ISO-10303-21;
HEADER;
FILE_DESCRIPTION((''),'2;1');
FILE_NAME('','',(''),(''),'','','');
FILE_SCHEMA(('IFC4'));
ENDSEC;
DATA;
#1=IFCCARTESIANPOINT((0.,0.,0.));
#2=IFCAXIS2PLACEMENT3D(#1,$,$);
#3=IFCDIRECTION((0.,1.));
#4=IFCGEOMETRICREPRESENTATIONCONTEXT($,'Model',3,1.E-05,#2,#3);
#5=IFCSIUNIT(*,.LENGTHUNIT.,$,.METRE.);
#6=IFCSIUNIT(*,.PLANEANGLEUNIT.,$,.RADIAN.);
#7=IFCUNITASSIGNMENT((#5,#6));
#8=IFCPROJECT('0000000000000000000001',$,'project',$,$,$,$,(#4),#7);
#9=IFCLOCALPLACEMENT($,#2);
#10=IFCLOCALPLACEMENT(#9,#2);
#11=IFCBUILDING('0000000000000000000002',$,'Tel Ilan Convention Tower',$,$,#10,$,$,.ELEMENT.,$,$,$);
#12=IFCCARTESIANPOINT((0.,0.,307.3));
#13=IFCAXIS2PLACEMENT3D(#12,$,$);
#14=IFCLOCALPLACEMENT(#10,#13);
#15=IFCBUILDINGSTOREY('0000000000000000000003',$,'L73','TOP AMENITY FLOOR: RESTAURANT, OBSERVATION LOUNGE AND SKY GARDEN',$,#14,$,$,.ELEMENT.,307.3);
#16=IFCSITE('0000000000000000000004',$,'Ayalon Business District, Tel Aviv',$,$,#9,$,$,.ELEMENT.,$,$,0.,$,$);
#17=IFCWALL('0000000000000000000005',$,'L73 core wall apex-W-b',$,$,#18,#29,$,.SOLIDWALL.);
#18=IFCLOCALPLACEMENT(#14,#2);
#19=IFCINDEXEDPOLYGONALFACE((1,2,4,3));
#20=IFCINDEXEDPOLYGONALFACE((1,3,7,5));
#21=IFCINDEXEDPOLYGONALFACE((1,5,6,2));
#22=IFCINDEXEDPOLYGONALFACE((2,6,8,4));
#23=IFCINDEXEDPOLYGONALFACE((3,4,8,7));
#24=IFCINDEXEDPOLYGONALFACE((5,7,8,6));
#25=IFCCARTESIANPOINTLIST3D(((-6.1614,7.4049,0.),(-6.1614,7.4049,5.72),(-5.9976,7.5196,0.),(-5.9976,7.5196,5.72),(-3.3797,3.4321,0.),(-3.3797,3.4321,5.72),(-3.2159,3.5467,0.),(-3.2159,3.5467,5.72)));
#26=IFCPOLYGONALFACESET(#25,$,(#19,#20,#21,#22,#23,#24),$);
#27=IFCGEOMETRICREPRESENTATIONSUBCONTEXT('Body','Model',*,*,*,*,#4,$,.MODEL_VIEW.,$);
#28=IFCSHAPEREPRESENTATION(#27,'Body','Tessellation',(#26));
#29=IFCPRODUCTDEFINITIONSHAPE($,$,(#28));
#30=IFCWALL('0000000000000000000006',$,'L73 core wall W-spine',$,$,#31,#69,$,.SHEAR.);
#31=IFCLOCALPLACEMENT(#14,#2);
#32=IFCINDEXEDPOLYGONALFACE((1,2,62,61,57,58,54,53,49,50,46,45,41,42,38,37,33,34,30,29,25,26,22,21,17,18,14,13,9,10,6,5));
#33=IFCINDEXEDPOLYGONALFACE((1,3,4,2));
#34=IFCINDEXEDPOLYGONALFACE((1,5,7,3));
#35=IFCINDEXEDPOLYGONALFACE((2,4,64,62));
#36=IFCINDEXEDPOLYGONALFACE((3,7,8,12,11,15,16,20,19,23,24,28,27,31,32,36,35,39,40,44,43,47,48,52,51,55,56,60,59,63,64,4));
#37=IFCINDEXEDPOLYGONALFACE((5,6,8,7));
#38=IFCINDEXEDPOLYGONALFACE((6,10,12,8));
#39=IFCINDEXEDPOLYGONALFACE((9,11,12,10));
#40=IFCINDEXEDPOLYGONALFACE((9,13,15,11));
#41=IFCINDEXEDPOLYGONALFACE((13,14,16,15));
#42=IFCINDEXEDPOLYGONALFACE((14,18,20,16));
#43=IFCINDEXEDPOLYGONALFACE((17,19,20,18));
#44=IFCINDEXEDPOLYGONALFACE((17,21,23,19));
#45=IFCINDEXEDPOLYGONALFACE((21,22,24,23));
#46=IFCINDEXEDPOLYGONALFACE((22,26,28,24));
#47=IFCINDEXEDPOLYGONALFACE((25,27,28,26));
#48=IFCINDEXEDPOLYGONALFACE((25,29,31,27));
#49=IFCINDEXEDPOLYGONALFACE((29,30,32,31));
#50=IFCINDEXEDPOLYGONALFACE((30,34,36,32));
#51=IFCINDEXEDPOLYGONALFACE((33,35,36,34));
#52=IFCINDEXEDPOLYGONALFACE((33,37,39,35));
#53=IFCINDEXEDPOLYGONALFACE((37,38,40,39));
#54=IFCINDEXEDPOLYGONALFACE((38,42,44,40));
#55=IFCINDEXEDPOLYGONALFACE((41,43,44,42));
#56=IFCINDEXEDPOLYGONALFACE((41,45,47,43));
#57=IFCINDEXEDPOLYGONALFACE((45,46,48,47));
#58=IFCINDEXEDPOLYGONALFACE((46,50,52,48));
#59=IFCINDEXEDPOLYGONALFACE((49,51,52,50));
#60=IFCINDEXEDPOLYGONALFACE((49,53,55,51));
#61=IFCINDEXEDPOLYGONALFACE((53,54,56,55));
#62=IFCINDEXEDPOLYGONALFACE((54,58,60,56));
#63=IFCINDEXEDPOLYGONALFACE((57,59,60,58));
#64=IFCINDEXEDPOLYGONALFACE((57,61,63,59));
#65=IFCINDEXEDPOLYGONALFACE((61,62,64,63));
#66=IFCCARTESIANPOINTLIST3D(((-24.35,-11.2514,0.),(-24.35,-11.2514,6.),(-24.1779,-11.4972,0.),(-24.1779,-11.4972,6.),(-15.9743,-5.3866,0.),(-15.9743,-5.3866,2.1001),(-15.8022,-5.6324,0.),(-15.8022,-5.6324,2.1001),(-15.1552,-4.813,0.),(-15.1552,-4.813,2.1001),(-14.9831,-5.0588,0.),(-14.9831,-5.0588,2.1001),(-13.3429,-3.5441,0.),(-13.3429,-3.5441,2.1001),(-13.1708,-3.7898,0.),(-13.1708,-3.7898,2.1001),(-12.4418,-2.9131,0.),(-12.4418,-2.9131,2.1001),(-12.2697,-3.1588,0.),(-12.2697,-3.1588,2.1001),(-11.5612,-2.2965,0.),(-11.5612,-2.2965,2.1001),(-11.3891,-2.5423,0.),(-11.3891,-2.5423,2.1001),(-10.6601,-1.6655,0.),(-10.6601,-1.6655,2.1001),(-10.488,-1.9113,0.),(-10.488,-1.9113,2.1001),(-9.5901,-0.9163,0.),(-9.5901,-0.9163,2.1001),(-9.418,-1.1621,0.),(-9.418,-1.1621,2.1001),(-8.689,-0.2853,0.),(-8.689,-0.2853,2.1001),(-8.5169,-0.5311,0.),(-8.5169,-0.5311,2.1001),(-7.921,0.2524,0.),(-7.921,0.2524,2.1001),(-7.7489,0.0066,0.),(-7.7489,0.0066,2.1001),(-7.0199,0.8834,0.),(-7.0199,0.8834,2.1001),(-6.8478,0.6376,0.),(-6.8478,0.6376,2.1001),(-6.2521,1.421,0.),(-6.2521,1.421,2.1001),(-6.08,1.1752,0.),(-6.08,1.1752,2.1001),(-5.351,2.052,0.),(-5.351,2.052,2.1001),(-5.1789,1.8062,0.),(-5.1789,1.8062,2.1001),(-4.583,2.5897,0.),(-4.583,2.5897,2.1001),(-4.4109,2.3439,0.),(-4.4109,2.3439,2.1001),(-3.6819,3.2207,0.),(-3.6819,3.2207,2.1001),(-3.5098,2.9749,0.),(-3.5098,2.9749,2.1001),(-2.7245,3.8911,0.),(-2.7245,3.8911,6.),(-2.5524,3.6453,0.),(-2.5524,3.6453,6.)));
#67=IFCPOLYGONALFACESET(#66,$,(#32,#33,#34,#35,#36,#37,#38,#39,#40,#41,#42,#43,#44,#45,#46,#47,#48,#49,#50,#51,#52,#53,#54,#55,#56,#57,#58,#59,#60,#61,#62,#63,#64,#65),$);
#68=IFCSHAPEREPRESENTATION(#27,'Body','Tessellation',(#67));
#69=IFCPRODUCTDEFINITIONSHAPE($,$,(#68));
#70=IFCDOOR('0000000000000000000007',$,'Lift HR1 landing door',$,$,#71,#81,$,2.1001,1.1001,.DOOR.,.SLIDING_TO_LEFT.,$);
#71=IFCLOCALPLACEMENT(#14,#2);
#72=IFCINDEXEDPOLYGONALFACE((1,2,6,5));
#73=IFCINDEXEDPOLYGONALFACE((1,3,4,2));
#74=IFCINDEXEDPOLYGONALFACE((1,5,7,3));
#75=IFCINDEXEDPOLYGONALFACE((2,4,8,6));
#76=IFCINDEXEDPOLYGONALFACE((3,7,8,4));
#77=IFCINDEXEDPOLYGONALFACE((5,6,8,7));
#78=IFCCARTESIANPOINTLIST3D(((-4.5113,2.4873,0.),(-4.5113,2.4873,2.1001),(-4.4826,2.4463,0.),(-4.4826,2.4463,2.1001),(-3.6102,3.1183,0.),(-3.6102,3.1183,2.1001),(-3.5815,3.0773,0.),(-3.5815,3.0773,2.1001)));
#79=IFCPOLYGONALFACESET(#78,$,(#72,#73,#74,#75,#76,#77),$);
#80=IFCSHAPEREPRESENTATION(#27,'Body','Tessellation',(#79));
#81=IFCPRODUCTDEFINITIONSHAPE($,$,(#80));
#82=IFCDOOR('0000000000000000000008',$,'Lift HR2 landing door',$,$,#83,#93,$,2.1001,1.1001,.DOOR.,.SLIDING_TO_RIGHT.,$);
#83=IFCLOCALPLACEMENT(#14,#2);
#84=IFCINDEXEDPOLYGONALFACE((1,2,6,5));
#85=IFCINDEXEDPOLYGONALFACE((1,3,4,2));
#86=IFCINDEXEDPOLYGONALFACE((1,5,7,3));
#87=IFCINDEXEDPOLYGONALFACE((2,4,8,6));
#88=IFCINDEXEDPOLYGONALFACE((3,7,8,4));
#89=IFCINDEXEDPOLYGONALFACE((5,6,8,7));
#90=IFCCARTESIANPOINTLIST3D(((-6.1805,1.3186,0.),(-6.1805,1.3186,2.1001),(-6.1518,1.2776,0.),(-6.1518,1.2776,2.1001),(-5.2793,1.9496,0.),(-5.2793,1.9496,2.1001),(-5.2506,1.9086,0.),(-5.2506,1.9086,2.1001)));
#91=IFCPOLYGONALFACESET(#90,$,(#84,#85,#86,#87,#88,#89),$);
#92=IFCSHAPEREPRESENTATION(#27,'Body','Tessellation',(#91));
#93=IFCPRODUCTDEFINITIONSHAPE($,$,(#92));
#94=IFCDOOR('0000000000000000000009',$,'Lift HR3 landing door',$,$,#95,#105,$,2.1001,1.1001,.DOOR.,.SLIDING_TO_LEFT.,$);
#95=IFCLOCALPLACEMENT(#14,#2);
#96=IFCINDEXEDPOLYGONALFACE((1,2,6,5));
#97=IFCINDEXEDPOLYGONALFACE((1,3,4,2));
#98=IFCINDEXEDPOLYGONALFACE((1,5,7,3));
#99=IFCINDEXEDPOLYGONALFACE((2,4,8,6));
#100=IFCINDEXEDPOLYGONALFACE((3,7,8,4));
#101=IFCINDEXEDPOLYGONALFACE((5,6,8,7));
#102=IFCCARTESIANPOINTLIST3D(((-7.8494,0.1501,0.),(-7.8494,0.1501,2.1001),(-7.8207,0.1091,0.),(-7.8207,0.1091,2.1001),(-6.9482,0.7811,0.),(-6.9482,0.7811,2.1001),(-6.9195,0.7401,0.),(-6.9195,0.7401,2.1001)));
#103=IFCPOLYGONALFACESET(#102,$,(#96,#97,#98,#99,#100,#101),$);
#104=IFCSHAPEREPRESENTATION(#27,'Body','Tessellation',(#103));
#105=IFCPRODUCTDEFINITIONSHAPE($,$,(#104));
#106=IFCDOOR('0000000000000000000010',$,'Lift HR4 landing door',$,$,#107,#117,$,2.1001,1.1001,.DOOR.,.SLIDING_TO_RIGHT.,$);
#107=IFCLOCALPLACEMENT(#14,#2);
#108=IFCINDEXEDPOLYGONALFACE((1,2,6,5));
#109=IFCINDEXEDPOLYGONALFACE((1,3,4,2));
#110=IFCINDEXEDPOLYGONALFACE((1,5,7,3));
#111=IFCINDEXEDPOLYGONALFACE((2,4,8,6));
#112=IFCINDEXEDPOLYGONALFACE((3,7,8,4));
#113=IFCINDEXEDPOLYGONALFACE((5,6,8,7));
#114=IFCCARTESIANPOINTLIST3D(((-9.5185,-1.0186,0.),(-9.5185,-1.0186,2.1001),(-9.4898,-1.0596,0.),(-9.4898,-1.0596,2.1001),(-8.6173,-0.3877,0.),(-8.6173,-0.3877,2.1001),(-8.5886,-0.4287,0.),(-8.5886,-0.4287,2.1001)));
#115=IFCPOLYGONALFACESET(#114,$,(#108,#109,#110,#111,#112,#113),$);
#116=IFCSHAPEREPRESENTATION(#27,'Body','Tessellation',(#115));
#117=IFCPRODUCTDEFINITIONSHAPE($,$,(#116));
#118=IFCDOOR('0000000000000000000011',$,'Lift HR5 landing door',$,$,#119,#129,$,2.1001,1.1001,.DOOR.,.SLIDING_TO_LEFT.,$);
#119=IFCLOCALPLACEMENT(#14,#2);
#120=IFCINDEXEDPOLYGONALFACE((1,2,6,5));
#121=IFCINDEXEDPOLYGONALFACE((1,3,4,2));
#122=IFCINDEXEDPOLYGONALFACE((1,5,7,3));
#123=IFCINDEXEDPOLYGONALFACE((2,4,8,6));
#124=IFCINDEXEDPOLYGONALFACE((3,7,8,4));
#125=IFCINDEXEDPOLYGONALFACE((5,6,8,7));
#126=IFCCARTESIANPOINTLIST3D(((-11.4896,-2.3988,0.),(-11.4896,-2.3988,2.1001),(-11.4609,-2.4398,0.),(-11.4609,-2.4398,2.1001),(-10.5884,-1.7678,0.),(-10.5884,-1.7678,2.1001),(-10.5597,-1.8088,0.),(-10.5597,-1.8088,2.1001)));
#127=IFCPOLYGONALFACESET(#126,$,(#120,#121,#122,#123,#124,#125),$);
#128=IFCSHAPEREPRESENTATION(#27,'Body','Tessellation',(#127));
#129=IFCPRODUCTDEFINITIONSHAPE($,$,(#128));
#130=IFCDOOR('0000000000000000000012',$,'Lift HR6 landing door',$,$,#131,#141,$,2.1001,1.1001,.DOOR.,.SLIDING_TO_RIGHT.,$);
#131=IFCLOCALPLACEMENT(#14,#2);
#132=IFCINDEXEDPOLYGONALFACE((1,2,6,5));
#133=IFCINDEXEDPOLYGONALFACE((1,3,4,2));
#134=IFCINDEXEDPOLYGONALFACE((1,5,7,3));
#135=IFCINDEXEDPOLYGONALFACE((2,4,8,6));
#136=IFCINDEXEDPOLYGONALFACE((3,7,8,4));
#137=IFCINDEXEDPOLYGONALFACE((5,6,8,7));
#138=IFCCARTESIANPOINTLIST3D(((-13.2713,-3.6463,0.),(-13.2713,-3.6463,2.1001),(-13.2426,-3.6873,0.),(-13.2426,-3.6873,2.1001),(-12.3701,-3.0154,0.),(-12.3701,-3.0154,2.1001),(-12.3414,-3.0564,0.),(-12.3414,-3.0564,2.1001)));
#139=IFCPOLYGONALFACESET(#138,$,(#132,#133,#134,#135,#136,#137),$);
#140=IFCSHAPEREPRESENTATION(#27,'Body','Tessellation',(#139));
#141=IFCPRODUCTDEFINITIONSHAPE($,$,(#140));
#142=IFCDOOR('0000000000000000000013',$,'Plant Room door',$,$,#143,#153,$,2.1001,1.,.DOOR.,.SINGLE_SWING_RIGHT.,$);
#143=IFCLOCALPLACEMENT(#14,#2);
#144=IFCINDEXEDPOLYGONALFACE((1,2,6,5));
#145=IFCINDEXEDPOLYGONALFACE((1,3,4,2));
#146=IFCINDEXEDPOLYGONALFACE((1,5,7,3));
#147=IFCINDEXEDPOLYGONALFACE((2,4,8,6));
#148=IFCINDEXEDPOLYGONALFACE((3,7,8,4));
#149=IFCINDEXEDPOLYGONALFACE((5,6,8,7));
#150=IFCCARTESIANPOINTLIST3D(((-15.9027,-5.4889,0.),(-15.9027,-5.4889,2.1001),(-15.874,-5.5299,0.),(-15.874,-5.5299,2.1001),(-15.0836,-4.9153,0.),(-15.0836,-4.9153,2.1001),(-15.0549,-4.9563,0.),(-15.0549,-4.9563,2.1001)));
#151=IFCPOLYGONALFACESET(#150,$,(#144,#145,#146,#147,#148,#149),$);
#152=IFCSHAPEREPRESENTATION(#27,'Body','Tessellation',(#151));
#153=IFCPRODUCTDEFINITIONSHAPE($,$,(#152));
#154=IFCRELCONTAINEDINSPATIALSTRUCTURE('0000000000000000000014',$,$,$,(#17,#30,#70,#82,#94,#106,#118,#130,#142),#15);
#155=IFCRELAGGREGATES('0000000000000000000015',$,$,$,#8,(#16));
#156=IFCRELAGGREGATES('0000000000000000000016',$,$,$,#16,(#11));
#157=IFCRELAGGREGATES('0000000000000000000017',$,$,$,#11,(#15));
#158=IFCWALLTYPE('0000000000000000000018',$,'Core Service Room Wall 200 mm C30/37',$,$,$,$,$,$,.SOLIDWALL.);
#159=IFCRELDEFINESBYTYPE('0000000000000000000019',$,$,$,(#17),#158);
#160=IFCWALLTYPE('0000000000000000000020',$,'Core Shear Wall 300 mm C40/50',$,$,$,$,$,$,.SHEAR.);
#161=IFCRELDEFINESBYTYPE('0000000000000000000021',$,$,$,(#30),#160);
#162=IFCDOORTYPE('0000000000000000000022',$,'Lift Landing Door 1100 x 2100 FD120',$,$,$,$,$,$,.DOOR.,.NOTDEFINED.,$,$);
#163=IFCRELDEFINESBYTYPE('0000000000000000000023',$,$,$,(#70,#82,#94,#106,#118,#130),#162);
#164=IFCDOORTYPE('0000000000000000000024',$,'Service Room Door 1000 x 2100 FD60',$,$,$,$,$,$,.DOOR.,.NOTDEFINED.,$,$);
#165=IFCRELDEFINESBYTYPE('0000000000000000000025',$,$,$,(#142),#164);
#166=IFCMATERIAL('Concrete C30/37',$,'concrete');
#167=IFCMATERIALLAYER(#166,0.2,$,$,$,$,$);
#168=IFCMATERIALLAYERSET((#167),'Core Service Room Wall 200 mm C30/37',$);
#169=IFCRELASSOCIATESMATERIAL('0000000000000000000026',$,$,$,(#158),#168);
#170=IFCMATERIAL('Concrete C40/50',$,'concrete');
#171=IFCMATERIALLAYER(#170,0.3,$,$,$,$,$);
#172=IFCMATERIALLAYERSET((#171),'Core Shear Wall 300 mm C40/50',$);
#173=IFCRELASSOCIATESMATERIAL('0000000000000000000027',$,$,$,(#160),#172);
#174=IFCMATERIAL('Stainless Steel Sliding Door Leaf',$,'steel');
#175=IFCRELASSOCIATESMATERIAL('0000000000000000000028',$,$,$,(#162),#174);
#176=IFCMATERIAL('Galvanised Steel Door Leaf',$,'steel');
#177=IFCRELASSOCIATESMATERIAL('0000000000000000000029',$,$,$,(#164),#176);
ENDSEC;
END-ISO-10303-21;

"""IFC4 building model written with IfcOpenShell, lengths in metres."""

from ifc_helpers import new_model, si_unit, direction, frame, frame_2d, origin, place, context, subcontext, project, spatial, polyline, rectangle, outline, extrude, material, layer, layer_set, type_object, element, fill, save


model = new_model("IFC4")

# Units and contexts
model_context = context("Model", 3, precision=1e-05, world=origin(), true_north=direction((0.0, 1.0)))
body_context = subcontext(model_context, "Body", "Model", "MODEL_VIEW")
ifc_project = project(units=[si_unit("LENGTHUNIT", "METRE"), si_unit("PLANEANGLEUNIT", "RADIAN")], contexts=[model_context])

# Site, building, storey
site_placement = place(None, origin())
site = spatial("IfcSite", under=ifc_project, at=site_placement, Name="Ayalon Business District, Tel Aviv", CompositionType="ELEMENT", RefElevation=0.0)
building_placement = place(site_placement, origin())
building = spatial("IfcBuilding", under=site, at=building_placement, Name="Tel Ilan Convention Tower", CompositionType="ELEMENT")
storey_placement = place(building_placement, frame((0.0, 0.0, 307.3)))
storey = spatial("IfcBuildingStorey", under=building, at=storey_placement, Name="L73", Description="TOP AMENITY FLOOR: RESTAURANT, OBSERVATION LOUNGE AND SKY GARDEN", CompositionType="ELEMENT", Elevation=307.3)

# Wall
ifc_material_1 = material(Name="Concrete C30/37", Category="concrete")
ifc_layer_1 = layer(ifc_material_1, 0.2)
ifc_layer_set_1 = layer_set([ifc_layer_1], Name="Core Service Room Wall 200 mm C30/37")
wall_type_1 = type_object("IfcWallType", Name="Core Service Room Wall 200 mm C30/37", PredefinedType="SOLIDWALL", material=ifc_layer_set_1)
wall_1_placement = place(storey_placement, frame((-3.2979, 3.4895, 0.0), z_axis=(0.0, 0.0, 1.0), x_axis=(-0.57356, 0.819163, 0.0)))
element("IfcWall", 1, at=wall_1_placement, inside=storey, type_object=wall_type_1, Name="L73 core wall apex-W-b", PredefinedType="SOLIDWALL", context=body_context, shape_type="SweptSolid", body=[
    extrude(rectangle(XDim=4.8499, YDim=0.2, at=frame_2d((2.4248, 0.0))), origin(), (0.0, 0.0, 1.0), 5.72),
])

# Wall, openings, doors
ifc_material_2 = material(Name="Concrete C40/50", Category="concrete")
ifc_layer_2 = layer(ifc_material_2, 0.3)
ifc_layer_set_2 = layer_set([ifc_layer_2], Name="Core Shear Wall 300 mm C40/50")
wall_type_2 = type_object("IfcWallType", Name="Core Shear Wall 300 mm C40/50", PredefinedType="SHEAR", material=ifc_layer_set_2)
wall_2_placement = place(storey_placement, frame((-2.6384, 3.7681, 0.0), z_axis=(0.0, 0.0, 1.0), x_axis=(-0.819155, -0.573572, 0.0)))
wall_2 = element("IfcWall", 2, at=wall_2_placement, inside=storey, type_object=wall_type_2, Name="L73 core wall W-spine", PredefinedType="SHEAR", context=body_context, shape_type="SweptSolid", body=[
    extrude(outline(polyline([(26.3999, 0.1501), (0.0, 0.1499), (0.0, -0.1501), (26.3999, -0.1499), (26.3999, 0.1501)])), origin(), (0.0, 0.0, 1.0), 6.0),
])
opening_1_placement = place(wall_2_placement, frame((1.1687, 0.0, 0.0)))
opening_1 = element("IfcOpeningElement", 3, at=opening_1_placement, cuts=wall_2, PredefinedType="OPENING", context=body_context, shape_type="SweptSolid", body=[
    extrude(rectangle(XDim=1.1001, YDim=2.1001, at=frame_2d((0.55, 1.05))), frame((0.0, 0.1599, 0.0), z_axis=(0.0, -1.0, 0.0), x_axis=(1.0, 0.0, 0.0)), (0.0, 0.0, 1.0), 0.3201),
])
opening_2_placement = place(wall_2_placement, frame((3.2063, 0.0, 0.0)))
opening_2 = element("IfcOpeningElement", 4, at=opening_2_placement, cuts=wall_2, PredefinedType="OPENING", context=body_context, shape_type="SweptSolid", body=[
    extrude(rectangle(XDim=1.1001, YDim=2.1001, at=frame_2d((0.55, 1.05))), frame((0.0, 0.1599, 0.0), z_axis=(0.0, -1.0, 0.0), x_axis=(1.0, 0.0, 0.0)), (0.0, 0.0, 1.0), 0.3201),
])
opening_3_placement = place(wall_2_placement, frame((5.2437, 0.0, 0.0)))
opening_3 = element("IfcOpeningElement", 5, at=opening_3_placement, cuts=wall_2, PredefinedType="OPENING", context=body_context, shape_type="SweptSolid", body=[
    extrude(rectangle(XDim=1.1001, YDim=2.1001, at=frame_2d((0.55, 1.05))), frame((0.0, 0.1599, 0.0), z_axis=(0.0, -1.0, 0.0), x_axis=(1.0, 0.0, 0.0)), (0.0, 0.0, 1.0), 0.3201),
])
opening_4_placement = place(wall_2_placement, frame((7.2812, 0.0, 0.0)))
opening_4 = element("IfcOpeningElement", 6, at=opening_4_placement, cuts=wall_2, PredefinedType="OPENING", context=body_context, shape_type="SweptSolid", body=[
    extrude(rectangle(XDim=1.1001, YDim=2.1001, at=frame_2d((0.55, 1.05))), frame((0.0, 0.1599, 0.0), z_axis=(0.0, -1.0, 0.0), x_axis=(1.0, 0.0, 0.0)), (0.0, 0.0, 1.0), 0.3201),
])
opening_5_placement = place(wall_2_placement, frame((9.6875, 0.0, 0.0)))
opening_5 = element("IfcOpeningElement", 7, at=opening_5_placement, cuts=wall_2, PredefinedType="OPENING", context=body_context, shape_type="SweptSolid", body=[
    extrude(rectangle(XDim=1.1001, YDim=2.1001, at=frame_2d((0.55, 1.05))), frame((0.0, 0.1599, 0.0), z_axis=(0.0, -1.0, 0.0), x_axis=(1.0, 0.0, 0.0)), (0.0, 0.0, 1.0), 0.3201),
])
opening_6_placement = place(wall_2_placement, frame((11.8625, 0.0, 0.0)))
opening_6 = element("IfcOpeningElement", 8, at=opening_6_placement, cuts=wall_2, PredefinedType="OPENING", context=body_context, shape_type="SweptSolid", body=[
    extrude(rectangle(XDim=1.1001, YDim=2.1001, at=frame_2d((0.55, 1.05))), frame((0.0, 0.1599, 0.0), z_axis=(0.0, -1.0, 0.0), x_axis=(1.0, 0.0, 0.0)), (0.0, 0.0, 1.0), 0.3201),
])
opening_7_placement = place(wall_2_placement, frame((15.175, 0.0, 0.0)))
opening_7 = element("IfcOpeningElement", 9, at=opening_7_placement, cuts=wall_2, PredefinedType="OPENING", context=body_context, shape_type="SweptSolid", body=[
    extrude(rectangle(XDim=1.0, YDim=2.1001, at=frame_2d((0.5, 1.05))), frame((0.0, 0.1599, 0.0), z_axis=(0.0, -1.0, 0.0), x_axis=(1.0, 0.0, 0.0)), (0.0, 0.0, 1.0), 0.3201),
])
ifc_material_3 = material(Name="Stainless Steel Sliding Door Leaf", Category="steel")
door_type_1 = type_object("IfcDoorType", Name="Lift Landing Door 1100 x 2100 FD120", OperationType="NOTDEFINED", PredefinedType="DOOR", material=ifc_material_3)
door_1_placement = place(opening_1_placement, origin())
door_1 = element("IfcDoor", 10, at=door_1_placement, inside=storey, type_object=door_type_1, Name="Lift HR1 landing door", OperationType="SLIDING_TO_LEFT", OverallHeight=2.1001, OverallWidth=1.1001, PredefinedType="DOOR", context=body_context, shape_type="SweptSolid", body=[
    extrude(rectangle(XDim=1.1001, YDim=2.1001, at=frame_2d((0.55, 1.05))), frame((0.0, 0.0249, 0.0), z_axis=(0.0, -1.0, 0.0), x_axis=(1.0, 0.0, 0.0)), (0.0, 0.0, 1.0), 0.05),
])
fill(opening_1, door_1)
door_2_placement = place(opening_2_placement, origin())
door_2 = element("IfcDoor", 11, at=door_2_placement, inside=storey, type_object=door_type_1, Name="Lift HR2 landing door", OperationType="SLIDING_TO_RIGHT", OverallHeight=2.1001, OverallWidth=1.1001, PredefinedType="DOOR", context=body_context, shape_type="SweptSolid", body=[
    extrude(rectangle(XDim=1.1001, YDim=2.1001, at=frame_2d((0.55, 1.05))), frame((0.0, 0.0249, 0.0), z_axis=(0.0, -1.0, 0.0), x_axis=(1.0, 0.0, 0.0)), (0.0, 0.0, 1.0), 0.05),
])
fill(opening_2, door_2)
door_3_placement = place(opening_3_placement, origin())
door_3 = element("IfcDoor", 12, at=door_3_placement, inside=storey, type_object=door_type_1, Name="Lift HR3 landing door", OperationType="SLIDING_TO_LEFT", OverallHeight=2.1001, OverallWidth=1.1001, PredefinedType="DOOR", context=body_context, shape_type="SweptSolid", body=[
    extrude(rectangle(XDim=1.1001, YDim=2.1001, at=frame_2d((0.55, 1.05))), frame((0.0, 0.0249, 0.0), z_axis=(0.0, -1.0, 0.0), x_axis=(1.0, 0.0, 0.0)), (0.0, 0.0, 1.0), 0.05),
])
fill(opening_3, door_3)
door_4_placement = place(opening_4_placement, origin())
door_4 = element("IfcDoor", 13, at=door_4_placement, inside=storey, type_object=door_type_1, Name="Lift HR4 landing door", OperationType="SLIDING_TO_RIGHT", OverallHeight=2.1001, OverallWidth=1.1001, PredefinedType="DOOR", context=body_context, shape_type="SweptSolid", body=[
    extrude(rectangle(XDim=1.1001, YDim=2.1001, at=frame_2d((0.55, 1.05))), frame((0.0, 0.0249, 0.0), z_axis=(0.0, -1.0, 0.0), x_axis=(1.0, 0.0, 0.0)), (0.0, 0.0, 1.0), 0.05),
])
fill(opening_4, door_4)
door_5_placement = place(opening_5_placement, origin())
door_5 = element("IfcDoor", 14, at=door_5_placement, inside=storey, type_object=door_type_1, Name="Lift HR5 landing door", OperationType="SLIDING_TO_LEFT", OverallHeight=2.1001, OverallWidth=1.1001, PredefinedType="DOOR", context=body_context, shape_type="SweptSolid", body=[
    extrude(rectangle(XDim=1.1001, YDim=2.1001, at=frame_2d((0.55, 1.05))), frame((0.0, 0.0249, 0.0), z_axis=(0.0, -1.0, 0.0), x_axis=(1.0, 0.0, 0.0)), (0.0, 0.0, 1.0), 0.05),
])
fill(opening_5, door_5)
door_6_placement = place(opening_6_placement, origin())
door_6 = element("IfcDoor", 15, at=door_6_placement, inside=storey, type_object=door_type_1, Name="Lift HR6 landing door", OperationType="SLIDING_TO_RIGHT", OverallHeight=2.1001, OverallWidth=1.1001, PredefinedType="DOOR", context=body_context, shape_type="SweptSolid", body=[
    extrude(rectangle(XDim=1.1001, YDim=2.1001, at=frame_2d((0.55, 1.05))), frame((0.0, 0.0249, 0.0), z_axis=(0.0, -1.0, 0.0), x_axis=(1.0, 0.0, 0.0)), (0.0, 0.0, 1.0), 0.05),
])
fill(opening_6, door_6)
ifc_material_4 = material(Name="Galvanised Steel Door Leaf", Category="steel")
door_type_2 = type_object("IfcDoorType", Name="Service Room Door 1000 x 2100 FD60", OperationType="NOTDEFINED", PredefinedType="DOOR", material=ifc_material_4)
door_7_placement = place(opening_7_placement, origin())
door_7 = element("IfcDoor", 16, at=door_7_placement, inside=storey, type_object=door_type_2, Name="Plant Room door", OperationType="SINGLE_SWING_RIGHT", OverallHeight=2.1001, OverallWidth=1.0, PredefinedType="DOOR", context=body_context, shape_type="SweptSolid", body=[
    extrude(rectangle(XDim=1.0, YDim=2.1001, at=frame_2d((0.5, 1.05))), frame((0.0, 0.0249, 0.0), z_axis=(0.0, -1.0, 0.0), x_axis=(1.0, 0.0, 0.0)), (0.0, 0.0, 1.0), 0.05),
])
fill(opening_7, door_7)

save(model, "model.ifc")
